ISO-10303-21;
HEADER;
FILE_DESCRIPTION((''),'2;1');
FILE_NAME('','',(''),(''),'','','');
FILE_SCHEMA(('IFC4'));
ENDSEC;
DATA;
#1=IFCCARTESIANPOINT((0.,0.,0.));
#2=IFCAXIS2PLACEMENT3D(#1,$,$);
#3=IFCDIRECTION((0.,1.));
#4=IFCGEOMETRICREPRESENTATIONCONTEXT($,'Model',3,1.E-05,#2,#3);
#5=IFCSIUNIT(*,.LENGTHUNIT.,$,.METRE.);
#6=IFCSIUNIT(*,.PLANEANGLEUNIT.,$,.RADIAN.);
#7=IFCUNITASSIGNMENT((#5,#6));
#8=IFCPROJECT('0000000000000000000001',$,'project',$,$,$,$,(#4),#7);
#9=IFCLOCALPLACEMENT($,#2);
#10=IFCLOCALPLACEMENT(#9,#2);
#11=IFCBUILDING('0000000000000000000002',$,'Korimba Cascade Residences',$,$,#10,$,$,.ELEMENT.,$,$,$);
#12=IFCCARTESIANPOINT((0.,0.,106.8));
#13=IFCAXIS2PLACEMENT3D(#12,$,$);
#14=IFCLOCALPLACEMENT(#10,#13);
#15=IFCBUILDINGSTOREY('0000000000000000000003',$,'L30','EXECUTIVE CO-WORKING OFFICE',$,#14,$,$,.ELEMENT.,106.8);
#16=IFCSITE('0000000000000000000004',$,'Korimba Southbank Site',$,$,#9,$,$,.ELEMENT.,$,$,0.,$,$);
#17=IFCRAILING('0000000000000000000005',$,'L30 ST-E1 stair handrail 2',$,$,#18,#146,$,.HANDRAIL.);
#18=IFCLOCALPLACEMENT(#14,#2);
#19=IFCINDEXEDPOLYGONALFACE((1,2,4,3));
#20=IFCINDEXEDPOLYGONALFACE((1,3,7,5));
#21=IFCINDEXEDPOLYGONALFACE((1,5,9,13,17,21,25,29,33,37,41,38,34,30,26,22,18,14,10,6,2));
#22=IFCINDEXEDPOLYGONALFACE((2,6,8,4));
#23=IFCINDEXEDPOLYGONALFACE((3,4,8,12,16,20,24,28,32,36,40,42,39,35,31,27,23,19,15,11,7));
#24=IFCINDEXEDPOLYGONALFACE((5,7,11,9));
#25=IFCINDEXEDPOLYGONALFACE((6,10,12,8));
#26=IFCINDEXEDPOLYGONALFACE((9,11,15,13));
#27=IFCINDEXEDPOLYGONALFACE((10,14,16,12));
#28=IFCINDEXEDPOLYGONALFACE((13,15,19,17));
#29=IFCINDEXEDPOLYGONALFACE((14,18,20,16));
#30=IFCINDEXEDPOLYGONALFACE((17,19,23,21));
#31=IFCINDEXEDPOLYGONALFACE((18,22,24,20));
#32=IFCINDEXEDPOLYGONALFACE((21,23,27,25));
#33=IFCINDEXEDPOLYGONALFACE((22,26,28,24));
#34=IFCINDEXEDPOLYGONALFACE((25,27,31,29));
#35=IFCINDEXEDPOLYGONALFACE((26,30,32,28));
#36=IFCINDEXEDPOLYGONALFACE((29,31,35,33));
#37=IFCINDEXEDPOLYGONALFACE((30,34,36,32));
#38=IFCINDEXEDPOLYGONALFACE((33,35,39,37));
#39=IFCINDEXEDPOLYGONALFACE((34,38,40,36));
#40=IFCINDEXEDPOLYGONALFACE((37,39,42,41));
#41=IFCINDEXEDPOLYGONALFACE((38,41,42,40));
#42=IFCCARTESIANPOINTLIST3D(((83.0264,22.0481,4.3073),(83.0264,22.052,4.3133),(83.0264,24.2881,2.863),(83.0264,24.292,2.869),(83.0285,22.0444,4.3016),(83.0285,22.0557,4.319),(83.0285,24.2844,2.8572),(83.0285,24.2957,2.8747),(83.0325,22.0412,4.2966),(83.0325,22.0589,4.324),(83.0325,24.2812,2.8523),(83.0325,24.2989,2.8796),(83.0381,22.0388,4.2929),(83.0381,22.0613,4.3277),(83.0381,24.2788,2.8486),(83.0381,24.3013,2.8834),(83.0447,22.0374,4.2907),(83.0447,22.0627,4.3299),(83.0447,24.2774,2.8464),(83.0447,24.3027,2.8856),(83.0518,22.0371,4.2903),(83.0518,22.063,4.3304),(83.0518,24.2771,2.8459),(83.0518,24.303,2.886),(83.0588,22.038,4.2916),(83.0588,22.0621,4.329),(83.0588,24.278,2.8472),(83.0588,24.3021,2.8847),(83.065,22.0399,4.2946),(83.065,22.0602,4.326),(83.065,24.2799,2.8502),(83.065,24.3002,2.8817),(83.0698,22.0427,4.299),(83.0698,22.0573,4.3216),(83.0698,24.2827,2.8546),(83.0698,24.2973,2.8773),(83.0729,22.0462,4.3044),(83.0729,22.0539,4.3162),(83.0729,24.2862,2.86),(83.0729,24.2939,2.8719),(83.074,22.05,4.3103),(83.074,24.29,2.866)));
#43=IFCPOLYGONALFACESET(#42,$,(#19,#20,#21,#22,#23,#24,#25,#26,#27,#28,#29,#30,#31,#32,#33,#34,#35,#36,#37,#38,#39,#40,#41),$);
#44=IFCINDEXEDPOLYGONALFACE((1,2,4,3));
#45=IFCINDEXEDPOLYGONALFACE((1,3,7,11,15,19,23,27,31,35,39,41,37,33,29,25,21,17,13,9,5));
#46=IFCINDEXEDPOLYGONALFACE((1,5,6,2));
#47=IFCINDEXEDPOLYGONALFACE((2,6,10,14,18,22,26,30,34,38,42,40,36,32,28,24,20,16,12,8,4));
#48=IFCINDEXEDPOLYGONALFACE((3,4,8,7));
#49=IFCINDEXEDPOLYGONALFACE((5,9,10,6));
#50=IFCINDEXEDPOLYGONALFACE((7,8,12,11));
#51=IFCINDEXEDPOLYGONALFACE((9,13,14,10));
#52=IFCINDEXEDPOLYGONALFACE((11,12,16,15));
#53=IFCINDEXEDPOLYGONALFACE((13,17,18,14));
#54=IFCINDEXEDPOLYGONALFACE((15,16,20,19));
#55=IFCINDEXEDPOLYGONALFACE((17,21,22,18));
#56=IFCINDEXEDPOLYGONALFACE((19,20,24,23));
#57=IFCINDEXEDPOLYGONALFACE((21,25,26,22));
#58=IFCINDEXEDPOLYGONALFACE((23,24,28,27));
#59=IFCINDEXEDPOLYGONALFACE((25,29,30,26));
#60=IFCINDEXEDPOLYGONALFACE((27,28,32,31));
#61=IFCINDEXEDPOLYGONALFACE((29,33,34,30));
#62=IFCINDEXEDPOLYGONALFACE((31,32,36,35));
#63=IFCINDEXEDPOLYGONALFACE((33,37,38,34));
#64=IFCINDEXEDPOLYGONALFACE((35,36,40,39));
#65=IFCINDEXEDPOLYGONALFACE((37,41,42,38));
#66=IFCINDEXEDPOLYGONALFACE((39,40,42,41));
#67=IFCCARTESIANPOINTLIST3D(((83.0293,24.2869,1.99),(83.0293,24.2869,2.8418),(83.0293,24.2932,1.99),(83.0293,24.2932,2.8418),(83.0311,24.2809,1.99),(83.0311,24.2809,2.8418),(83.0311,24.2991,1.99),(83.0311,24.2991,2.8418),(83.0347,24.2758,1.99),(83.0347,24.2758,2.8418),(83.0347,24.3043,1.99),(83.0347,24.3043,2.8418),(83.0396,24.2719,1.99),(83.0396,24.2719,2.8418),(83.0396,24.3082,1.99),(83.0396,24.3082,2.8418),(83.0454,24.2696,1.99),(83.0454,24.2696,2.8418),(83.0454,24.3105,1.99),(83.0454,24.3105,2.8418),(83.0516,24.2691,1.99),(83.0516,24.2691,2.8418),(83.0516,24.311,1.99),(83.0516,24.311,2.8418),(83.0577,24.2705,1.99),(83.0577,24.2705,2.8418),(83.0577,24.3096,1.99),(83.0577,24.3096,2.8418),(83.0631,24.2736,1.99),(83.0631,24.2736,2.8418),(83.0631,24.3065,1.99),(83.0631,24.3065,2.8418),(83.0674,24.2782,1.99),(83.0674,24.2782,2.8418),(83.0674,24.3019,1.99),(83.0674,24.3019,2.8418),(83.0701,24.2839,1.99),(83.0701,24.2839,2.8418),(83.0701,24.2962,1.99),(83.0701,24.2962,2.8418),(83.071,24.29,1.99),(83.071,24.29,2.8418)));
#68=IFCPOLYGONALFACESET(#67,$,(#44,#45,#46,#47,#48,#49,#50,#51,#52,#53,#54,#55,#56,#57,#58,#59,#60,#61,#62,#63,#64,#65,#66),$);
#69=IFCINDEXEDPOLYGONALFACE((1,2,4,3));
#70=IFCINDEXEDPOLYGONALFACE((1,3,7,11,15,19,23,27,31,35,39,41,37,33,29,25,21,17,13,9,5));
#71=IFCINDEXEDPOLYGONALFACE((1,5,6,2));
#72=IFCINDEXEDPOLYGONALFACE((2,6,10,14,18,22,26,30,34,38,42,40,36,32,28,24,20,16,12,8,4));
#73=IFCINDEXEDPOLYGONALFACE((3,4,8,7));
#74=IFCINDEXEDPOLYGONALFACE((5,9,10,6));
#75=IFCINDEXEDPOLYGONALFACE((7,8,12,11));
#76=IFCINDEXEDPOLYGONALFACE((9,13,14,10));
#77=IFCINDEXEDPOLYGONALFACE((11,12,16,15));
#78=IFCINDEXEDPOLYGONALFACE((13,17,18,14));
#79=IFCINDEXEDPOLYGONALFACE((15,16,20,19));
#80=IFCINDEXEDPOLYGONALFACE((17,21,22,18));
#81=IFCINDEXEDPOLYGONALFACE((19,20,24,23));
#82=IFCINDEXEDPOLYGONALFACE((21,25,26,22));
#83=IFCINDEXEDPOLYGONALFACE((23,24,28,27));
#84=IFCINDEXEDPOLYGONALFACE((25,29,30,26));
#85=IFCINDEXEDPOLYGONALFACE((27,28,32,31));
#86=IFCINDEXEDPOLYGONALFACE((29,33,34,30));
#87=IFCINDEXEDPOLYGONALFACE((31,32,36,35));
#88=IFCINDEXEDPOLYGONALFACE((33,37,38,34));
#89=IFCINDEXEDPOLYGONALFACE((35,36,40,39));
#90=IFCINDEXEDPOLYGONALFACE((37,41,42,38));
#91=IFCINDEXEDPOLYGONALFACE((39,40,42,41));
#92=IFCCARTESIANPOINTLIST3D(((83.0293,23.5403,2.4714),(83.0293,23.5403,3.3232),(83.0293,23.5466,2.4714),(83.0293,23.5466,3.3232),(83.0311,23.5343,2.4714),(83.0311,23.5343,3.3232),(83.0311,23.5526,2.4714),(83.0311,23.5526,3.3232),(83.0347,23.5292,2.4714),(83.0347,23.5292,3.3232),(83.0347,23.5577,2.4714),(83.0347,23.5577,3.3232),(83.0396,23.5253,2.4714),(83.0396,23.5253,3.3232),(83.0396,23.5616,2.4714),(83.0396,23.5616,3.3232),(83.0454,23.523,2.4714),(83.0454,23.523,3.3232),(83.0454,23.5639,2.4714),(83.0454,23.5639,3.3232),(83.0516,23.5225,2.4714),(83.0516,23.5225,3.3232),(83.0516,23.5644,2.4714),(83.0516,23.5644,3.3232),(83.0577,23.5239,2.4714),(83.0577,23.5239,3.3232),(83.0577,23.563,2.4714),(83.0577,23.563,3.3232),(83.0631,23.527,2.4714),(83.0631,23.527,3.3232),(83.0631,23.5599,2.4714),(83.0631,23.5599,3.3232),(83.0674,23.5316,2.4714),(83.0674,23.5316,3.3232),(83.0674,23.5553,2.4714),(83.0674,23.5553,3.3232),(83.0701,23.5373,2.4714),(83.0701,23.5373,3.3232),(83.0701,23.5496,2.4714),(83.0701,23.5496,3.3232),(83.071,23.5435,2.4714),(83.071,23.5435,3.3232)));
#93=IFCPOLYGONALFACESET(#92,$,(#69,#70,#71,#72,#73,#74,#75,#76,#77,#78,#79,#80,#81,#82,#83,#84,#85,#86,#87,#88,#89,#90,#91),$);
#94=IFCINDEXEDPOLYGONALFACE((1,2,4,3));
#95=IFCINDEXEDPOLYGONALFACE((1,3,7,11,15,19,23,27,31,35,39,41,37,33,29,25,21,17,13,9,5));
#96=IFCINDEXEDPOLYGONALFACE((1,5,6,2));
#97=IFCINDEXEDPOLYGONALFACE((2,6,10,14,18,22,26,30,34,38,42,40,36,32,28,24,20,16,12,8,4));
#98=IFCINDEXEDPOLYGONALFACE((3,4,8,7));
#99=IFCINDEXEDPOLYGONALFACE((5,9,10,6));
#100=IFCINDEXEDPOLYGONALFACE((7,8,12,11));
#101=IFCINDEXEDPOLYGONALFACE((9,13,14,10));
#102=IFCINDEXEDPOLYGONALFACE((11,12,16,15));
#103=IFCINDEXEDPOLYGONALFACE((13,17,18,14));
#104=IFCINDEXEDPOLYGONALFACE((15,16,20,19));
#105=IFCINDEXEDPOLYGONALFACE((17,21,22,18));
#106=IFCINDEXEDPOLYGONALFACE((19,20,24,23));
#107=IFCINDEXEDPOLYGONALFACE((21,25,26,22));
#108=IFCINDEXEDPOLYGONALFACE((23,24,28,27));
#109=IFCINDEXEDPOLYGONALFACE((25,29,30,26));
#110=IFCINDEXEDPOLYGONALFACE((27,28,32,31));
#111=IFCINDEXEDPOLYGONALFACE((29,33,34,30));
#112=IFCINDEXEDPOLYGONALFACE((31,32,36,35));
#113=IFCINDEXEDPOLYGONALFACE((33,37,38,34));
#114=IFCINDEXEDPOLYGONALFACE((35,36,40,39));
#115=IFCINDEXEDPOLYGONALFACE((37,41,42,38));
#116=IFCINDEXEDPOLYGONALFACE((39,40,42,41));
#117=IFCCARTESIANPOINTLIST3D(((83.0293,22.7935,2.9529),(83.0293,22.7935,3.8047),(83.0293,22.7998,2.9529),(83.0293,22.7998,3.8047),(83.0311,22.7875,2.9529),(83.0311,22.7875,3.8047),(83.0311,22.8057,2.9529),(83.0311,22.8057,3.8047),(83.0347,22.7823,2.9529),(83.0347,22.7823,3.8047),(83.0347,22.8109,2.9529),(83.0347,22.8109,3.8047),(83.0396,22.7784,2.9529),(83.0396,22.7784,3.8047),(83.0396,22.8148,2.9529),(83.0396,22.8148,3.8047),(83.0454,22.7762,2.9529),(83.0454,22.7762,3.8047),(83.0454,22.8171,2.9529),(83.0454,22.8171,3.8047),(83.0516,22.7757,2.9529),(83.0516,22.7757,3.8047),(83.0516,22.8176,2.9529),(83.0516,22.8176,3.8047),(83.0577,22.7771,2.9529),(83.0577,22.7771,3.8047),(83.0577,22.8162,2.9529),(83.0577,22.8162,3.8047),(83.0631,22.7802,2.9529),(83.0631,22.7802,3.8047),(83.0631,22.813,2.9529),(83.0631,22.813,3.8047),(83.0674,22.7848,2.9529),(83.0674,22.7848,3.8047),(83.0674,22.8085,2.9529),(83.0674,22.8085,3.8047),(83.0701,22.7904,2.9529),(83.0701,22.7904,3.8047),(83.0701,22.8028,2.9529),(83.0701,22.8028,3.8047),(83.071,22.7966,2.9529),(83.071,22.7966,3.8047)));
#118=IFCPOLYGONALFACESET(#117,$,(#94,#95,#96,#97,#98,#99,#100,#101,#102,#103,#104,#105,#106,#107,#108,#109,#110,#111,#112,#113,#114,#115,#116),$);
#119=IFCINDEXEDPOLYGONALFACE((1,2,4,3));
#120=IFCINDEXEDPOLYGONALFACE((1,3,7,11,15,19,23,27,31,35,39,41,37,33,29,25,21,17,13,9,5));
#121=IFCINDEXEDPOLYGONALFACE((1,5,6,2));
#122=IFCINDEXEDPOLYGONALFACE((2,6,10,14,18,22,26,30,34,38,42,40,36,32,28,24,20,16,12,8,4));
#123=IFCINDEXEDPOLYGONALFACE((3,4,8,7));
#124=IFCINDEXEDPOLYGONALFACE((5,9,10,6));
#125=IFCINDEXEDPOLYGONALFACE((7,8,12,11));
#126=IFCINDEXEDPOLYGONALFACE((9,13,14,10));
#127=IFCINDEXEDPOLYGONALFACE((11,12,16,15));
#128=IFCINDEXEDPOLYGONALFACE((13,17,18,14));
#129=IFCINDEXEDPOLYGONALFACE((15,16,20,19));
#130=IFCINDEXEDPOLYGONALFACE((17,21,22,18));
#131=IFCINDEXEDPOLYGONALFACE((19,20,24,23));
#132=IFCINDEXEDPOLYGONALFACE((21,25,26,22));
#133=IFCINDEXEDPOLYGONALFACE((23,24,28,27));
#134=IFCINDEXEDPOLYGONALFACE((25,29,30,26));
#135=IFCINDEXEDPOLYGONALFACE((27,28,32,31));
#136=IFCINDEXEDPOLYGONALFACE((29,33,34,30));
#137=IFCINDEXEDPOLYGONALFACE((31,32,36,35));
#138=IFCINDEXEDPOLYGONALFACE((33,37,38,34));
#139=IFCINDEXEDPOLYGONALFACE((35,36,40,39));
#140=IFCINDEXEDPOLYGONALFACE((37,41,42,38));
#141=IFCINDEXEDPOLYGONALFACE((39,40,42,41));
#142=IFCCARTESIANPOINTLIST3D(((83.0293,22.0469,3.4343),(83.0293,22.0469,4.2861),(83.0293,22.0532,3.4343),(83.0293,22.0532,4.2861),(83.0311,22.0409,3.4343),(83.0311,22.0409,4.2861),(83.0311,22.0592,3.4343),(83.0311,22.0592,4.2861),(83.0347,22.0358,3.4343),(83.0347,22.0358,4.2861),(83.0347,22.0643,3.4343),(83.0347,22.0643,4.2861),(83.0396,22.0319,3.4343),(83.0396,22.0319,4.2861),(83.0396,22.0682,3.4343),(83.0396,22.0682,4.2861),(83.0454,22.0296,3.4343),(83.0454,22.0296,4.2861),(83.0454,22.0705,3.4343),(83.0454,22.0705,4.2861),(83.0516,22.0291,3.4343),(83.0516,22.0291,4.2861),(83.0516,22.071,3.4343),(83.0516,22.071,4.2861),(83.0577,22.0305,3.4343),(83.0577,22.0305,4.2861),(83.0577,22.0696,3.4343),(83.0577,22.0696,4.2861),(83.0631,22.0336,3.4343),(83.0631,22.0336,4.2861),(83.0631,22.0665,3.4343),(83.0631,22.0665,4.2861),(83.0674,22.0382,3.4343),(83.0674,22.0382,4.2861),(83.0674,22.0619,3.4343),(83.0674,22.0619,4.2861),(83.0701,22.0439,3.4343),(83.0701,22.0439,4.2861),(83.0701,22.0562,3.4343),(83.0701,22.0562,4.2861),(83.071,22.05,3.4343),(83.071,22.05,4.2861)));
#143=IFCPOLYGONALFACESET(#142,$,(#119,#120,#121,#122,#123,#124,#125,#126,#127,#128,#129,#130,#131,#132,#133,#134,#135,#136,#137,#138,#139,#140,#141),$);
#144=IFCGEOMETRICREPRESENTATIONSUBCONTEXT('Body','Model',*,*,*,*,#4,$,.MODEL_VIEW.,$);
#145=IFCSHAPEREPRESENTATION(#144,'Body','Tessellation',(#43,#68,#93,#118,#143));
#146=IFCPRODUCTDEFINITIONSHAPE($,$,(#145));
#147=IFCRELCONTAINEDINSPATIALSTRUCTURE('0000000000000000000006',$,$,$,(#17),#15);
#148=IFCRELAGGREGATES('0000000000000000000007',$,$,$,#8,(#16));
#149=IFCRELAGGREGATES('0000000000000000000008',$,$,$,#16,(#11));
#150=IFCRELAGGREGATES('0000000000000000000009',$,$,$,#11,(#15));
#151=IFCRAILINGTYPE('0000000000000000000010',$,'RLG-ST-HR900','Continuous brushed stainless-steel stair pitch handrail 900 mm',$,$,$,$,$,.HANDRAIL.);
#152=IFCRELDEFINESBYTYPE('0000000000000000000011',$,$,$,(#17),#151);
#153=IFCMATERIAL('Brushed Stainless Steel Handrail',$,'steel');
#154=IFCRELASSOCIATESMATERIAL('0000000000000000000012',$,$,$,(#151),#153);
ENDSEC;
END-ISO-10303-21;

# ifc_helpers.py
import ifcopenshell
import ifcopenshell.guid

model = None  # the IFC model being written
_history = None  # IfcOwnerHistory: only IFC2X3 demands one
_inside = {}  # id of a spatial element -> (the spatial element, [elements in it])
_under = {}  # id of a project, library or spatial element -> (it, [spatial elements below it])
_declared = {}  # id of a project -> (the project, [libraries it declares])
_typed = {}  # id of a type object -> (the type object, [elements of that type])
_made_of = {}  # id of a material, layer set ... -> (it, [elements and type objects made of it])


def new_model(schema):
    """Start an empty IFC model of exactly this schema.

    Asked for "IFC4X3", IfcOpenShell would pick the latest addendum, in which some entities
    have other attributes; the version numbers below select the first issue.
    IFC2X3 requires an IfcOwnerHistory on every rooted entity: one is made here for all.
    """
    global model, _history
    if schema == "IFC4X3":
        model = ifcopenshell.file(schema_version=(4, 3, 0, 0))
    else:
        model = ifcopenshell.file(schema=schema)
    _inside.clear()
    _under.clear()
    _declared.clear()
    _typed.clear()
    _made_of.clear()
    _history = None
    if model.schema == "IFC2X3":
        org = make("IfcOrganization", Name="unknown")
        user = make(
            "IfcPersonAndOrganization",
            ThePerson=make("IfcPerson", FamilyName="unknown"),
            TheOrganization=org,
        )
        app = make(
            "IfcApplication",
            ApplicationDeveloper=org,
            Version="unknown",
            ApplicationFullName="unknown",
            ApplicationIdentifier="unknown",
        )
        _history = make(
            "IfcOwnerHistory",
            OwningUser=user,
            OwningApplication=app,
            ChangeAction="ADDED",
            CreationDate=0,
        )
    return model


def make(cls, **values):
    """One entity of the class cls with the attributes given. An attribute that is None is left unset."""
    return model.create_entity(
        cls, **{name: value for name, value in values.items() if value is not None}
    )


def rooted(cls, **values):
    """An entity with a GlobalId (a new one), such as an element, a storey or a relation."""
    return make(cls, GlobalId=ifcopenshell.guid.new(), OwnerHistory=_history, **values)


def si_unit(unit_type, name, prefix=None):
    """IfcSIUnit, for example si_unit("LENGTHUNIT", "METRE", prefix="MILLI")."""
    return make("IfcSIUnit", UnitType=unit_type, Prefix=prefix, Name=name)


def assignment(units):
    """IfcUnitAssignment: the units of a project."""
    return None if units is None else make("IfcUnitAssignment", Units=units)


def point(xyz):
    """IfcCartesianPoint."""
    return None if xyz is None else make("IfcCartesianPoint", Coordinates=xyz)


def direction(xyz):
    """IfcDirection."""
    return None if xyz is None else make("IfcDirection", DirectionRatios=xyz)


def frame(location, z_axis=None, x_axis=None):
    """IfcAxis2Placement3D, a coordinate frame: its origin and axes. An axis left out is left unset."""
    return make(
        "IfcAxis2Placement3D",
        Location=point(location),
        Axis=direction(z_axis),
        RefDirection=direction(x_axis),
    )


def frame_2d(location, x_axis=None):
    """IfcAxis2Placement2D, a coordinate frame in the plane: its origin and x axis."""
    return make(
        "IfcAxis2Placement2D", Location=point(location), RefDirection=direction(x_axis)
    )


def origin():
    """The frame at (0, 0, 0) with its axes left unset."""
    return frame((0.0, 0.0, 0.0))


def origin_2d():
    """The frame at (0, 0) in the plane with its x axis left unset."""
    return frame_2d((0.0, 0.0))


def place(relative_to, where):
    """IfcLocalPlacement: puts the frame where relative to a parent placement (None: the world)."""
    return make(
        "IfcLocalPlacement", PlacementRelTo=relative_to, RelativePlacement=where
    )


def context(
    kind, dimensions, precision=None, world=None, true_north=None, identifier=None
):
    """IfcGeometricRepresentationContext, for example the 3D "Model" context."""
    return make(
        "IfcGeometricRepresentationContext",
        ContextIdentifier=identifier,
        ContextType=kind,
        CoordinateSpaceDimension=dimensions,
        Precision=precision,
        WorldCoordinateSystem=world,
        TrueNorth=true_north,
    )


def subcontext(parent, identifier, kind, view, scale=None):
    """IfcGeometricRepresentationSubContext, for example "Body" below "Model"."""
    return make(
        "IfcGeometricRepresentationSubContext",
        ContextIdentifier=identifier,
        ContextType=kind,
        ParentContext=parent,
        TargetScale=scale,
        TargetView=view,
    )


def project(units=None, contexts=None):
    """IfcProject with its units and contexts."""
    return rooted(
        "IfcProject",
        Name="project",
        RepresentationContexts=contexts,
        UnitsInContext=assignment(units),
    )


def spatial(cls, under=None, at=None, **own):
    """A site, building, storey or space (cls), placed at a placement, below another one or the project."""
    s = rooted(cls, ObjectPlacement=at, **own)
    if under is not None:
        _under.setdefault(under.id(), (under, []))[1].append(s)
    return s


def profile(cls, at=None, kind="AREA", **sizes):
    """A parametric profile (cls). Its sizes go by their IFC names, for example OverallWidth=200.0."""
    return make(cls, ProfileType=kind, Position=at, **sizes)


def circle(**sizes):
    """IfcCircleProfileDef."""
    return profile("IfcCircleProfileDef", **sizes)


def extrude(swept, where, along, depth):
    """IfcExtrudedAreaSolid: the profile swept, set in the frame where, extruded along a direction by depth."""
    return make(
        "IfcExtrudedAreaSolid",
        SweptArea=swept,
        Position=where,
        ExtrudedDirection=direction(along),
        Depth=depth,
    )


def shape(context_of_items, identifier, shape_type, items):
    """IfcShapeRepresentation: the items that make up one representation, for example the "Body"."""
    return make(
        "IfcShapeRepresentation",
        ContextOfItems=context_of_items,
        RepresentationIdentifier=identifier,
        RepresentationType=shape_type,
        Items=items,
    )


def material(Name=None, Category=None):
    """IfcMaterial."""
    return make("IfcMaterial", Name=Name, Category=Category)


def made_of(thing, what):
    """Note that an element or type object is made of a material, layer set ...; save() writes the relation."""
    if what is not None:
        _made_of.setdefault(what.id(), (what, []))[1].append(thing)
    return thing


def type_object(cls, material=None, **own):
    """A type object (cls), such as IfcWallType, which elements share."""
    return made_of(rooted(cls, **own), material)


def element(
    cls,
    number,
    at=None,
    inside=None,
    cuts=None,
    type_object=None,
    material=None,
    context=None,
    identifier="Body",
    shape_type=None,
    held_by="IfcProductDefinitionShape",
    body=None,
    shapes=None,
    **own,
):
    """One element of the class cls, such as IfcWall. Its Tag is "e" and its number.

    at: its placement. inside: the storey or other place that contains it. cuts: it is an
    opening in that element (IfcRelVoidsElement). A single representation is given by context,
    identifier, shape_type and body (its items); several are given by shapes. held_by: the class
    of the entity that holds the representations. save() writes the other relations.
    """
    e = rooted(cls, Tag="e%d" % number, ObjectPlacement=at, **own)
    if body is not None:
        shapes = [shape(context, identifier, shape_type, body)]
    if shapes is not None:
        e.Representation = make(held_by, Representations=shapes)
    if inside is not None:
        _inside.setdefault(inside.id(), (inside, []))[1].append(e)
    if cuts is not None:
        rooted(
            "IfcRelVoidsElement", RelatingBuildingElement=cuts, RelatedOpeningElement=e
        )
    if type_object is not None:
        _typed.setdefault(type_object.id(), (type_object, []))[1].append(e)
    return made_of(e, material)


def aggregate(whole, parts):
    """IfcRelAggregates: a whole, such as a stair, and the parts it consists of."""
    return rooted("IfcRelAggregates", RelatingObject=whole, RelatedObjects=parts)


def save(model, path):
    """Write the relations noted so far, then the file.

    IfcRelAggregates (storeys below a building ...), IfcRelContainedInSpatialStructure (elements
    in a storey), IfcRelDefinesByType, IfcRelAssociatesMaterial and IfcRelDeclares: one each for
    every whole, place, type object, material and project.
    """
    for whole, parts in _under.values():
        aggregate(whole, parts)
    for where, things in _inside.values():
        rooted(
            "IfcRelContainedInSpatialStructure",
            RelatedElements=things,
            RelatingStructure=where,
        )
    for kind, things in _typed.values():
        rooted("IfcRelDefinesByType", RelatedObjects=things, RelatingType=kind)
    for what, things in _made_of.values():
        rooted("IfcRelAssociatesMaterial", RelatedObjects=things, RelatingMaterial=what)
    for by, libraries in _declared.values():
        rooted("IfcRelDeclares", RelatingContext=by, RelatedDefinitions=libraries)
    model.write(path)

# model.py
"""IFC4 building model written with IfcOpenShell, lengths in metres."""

from ifc_helpers import new_model, si_unit, direction, frame, origin, origin_2d, place, context, subcontext, project, spatial, circle, extrude, material, type_object, element, save


model = new_model("IFC4")

# Units and contexts
model_context = context("Model", 3, precision=1e-05, world=origin(), true_north=direction((0.0, 1.0)))
body_context = subcontext(model_context, "Body", "Model", "MODEL_VIEW")
ifc_project = project(units=[si_unit("LENGTHUNIT", "METRE"), si_unit("PLANEANGLEUNIT", "RADIAN")], contexts=[model_context])

# Site, building, storey
site_placement = place(None, origin())
site = spatial("IfcSite", under=ifc_project, at=site_placement, Name="Korimba Southbank Site", CompositionType="ELEMENT", RefElevation=0.0)
building_placement = place(site_placement, origin())
building = spatial("IfcBuilding", under=site, at=building_placement, Name="Korimba Cascade Residences", CompositionType="ELEMENT")
storey_placement = place(building_placement, frame((0.0, 0.0, 106.8)))
storey = spatial("IfcBuildingStorey", under=building, at=storey_placement, Name="L30", Description="EXECUTIVE CO-WORKING OFFICE", CompositionType="ELEMENT", Elevation=106.8)

# Railing
ifc_material_1 = material(Name="Brushed Stainless Steel Handrail", Category="steel")
railing_type_1 = type_object("IfcRailingType", Name="RLG-ST-HR900", Description="Continuous brushed stainless-steel stair pitch handrail 900 mm", PredefinedType="HANDRAIL", material=ifc_material_1)
railing_1_placement = place(storey_placement, frame((83.05, 24.29, 1.99)))
element("IfcRailing", 1, at=railing_1_placement, inside=storey, type_object=railing_type_1, Name="L30 ST-E1 stair handrail 2", PredefinedType="HANDRAIL", context=body_context, shape_type="SweptSolid", body=[
    extrude(circle(Radius=0.0239, at=origin_2d()), frame((0.0, 0.0, 0.876), z_axis=(0.0, -0.840437, 0.54191), x_axis=(1.0, 0.0, 0.0)), (0.0, 0.0, 1.0), 2.6653),
    extrude(circle(Radius=0.021, at=origin_2d()), origin(), (0.0, 0.0, 1.0), 0.8518),
    extrude(circle(Radius=0.021, at=origin_2d()), frame((0.0, -0.7466, 0.4814)), (0.0, 0.0, 1.0), 0.8518),
    extrude(circle(Radius=0.021, at=origin_2d()), frame((0.0, -1.4934, 0.9629)), (0.0, 0.0, 1.0), 0.8518),
    extrude(circle(Radius=0.021, at=origin_2d()), frame((0.0, -2.24, 1.4443)), (0.0, 0.0, 1.0), 0.8518),
])

save(model, "model.ifc")
